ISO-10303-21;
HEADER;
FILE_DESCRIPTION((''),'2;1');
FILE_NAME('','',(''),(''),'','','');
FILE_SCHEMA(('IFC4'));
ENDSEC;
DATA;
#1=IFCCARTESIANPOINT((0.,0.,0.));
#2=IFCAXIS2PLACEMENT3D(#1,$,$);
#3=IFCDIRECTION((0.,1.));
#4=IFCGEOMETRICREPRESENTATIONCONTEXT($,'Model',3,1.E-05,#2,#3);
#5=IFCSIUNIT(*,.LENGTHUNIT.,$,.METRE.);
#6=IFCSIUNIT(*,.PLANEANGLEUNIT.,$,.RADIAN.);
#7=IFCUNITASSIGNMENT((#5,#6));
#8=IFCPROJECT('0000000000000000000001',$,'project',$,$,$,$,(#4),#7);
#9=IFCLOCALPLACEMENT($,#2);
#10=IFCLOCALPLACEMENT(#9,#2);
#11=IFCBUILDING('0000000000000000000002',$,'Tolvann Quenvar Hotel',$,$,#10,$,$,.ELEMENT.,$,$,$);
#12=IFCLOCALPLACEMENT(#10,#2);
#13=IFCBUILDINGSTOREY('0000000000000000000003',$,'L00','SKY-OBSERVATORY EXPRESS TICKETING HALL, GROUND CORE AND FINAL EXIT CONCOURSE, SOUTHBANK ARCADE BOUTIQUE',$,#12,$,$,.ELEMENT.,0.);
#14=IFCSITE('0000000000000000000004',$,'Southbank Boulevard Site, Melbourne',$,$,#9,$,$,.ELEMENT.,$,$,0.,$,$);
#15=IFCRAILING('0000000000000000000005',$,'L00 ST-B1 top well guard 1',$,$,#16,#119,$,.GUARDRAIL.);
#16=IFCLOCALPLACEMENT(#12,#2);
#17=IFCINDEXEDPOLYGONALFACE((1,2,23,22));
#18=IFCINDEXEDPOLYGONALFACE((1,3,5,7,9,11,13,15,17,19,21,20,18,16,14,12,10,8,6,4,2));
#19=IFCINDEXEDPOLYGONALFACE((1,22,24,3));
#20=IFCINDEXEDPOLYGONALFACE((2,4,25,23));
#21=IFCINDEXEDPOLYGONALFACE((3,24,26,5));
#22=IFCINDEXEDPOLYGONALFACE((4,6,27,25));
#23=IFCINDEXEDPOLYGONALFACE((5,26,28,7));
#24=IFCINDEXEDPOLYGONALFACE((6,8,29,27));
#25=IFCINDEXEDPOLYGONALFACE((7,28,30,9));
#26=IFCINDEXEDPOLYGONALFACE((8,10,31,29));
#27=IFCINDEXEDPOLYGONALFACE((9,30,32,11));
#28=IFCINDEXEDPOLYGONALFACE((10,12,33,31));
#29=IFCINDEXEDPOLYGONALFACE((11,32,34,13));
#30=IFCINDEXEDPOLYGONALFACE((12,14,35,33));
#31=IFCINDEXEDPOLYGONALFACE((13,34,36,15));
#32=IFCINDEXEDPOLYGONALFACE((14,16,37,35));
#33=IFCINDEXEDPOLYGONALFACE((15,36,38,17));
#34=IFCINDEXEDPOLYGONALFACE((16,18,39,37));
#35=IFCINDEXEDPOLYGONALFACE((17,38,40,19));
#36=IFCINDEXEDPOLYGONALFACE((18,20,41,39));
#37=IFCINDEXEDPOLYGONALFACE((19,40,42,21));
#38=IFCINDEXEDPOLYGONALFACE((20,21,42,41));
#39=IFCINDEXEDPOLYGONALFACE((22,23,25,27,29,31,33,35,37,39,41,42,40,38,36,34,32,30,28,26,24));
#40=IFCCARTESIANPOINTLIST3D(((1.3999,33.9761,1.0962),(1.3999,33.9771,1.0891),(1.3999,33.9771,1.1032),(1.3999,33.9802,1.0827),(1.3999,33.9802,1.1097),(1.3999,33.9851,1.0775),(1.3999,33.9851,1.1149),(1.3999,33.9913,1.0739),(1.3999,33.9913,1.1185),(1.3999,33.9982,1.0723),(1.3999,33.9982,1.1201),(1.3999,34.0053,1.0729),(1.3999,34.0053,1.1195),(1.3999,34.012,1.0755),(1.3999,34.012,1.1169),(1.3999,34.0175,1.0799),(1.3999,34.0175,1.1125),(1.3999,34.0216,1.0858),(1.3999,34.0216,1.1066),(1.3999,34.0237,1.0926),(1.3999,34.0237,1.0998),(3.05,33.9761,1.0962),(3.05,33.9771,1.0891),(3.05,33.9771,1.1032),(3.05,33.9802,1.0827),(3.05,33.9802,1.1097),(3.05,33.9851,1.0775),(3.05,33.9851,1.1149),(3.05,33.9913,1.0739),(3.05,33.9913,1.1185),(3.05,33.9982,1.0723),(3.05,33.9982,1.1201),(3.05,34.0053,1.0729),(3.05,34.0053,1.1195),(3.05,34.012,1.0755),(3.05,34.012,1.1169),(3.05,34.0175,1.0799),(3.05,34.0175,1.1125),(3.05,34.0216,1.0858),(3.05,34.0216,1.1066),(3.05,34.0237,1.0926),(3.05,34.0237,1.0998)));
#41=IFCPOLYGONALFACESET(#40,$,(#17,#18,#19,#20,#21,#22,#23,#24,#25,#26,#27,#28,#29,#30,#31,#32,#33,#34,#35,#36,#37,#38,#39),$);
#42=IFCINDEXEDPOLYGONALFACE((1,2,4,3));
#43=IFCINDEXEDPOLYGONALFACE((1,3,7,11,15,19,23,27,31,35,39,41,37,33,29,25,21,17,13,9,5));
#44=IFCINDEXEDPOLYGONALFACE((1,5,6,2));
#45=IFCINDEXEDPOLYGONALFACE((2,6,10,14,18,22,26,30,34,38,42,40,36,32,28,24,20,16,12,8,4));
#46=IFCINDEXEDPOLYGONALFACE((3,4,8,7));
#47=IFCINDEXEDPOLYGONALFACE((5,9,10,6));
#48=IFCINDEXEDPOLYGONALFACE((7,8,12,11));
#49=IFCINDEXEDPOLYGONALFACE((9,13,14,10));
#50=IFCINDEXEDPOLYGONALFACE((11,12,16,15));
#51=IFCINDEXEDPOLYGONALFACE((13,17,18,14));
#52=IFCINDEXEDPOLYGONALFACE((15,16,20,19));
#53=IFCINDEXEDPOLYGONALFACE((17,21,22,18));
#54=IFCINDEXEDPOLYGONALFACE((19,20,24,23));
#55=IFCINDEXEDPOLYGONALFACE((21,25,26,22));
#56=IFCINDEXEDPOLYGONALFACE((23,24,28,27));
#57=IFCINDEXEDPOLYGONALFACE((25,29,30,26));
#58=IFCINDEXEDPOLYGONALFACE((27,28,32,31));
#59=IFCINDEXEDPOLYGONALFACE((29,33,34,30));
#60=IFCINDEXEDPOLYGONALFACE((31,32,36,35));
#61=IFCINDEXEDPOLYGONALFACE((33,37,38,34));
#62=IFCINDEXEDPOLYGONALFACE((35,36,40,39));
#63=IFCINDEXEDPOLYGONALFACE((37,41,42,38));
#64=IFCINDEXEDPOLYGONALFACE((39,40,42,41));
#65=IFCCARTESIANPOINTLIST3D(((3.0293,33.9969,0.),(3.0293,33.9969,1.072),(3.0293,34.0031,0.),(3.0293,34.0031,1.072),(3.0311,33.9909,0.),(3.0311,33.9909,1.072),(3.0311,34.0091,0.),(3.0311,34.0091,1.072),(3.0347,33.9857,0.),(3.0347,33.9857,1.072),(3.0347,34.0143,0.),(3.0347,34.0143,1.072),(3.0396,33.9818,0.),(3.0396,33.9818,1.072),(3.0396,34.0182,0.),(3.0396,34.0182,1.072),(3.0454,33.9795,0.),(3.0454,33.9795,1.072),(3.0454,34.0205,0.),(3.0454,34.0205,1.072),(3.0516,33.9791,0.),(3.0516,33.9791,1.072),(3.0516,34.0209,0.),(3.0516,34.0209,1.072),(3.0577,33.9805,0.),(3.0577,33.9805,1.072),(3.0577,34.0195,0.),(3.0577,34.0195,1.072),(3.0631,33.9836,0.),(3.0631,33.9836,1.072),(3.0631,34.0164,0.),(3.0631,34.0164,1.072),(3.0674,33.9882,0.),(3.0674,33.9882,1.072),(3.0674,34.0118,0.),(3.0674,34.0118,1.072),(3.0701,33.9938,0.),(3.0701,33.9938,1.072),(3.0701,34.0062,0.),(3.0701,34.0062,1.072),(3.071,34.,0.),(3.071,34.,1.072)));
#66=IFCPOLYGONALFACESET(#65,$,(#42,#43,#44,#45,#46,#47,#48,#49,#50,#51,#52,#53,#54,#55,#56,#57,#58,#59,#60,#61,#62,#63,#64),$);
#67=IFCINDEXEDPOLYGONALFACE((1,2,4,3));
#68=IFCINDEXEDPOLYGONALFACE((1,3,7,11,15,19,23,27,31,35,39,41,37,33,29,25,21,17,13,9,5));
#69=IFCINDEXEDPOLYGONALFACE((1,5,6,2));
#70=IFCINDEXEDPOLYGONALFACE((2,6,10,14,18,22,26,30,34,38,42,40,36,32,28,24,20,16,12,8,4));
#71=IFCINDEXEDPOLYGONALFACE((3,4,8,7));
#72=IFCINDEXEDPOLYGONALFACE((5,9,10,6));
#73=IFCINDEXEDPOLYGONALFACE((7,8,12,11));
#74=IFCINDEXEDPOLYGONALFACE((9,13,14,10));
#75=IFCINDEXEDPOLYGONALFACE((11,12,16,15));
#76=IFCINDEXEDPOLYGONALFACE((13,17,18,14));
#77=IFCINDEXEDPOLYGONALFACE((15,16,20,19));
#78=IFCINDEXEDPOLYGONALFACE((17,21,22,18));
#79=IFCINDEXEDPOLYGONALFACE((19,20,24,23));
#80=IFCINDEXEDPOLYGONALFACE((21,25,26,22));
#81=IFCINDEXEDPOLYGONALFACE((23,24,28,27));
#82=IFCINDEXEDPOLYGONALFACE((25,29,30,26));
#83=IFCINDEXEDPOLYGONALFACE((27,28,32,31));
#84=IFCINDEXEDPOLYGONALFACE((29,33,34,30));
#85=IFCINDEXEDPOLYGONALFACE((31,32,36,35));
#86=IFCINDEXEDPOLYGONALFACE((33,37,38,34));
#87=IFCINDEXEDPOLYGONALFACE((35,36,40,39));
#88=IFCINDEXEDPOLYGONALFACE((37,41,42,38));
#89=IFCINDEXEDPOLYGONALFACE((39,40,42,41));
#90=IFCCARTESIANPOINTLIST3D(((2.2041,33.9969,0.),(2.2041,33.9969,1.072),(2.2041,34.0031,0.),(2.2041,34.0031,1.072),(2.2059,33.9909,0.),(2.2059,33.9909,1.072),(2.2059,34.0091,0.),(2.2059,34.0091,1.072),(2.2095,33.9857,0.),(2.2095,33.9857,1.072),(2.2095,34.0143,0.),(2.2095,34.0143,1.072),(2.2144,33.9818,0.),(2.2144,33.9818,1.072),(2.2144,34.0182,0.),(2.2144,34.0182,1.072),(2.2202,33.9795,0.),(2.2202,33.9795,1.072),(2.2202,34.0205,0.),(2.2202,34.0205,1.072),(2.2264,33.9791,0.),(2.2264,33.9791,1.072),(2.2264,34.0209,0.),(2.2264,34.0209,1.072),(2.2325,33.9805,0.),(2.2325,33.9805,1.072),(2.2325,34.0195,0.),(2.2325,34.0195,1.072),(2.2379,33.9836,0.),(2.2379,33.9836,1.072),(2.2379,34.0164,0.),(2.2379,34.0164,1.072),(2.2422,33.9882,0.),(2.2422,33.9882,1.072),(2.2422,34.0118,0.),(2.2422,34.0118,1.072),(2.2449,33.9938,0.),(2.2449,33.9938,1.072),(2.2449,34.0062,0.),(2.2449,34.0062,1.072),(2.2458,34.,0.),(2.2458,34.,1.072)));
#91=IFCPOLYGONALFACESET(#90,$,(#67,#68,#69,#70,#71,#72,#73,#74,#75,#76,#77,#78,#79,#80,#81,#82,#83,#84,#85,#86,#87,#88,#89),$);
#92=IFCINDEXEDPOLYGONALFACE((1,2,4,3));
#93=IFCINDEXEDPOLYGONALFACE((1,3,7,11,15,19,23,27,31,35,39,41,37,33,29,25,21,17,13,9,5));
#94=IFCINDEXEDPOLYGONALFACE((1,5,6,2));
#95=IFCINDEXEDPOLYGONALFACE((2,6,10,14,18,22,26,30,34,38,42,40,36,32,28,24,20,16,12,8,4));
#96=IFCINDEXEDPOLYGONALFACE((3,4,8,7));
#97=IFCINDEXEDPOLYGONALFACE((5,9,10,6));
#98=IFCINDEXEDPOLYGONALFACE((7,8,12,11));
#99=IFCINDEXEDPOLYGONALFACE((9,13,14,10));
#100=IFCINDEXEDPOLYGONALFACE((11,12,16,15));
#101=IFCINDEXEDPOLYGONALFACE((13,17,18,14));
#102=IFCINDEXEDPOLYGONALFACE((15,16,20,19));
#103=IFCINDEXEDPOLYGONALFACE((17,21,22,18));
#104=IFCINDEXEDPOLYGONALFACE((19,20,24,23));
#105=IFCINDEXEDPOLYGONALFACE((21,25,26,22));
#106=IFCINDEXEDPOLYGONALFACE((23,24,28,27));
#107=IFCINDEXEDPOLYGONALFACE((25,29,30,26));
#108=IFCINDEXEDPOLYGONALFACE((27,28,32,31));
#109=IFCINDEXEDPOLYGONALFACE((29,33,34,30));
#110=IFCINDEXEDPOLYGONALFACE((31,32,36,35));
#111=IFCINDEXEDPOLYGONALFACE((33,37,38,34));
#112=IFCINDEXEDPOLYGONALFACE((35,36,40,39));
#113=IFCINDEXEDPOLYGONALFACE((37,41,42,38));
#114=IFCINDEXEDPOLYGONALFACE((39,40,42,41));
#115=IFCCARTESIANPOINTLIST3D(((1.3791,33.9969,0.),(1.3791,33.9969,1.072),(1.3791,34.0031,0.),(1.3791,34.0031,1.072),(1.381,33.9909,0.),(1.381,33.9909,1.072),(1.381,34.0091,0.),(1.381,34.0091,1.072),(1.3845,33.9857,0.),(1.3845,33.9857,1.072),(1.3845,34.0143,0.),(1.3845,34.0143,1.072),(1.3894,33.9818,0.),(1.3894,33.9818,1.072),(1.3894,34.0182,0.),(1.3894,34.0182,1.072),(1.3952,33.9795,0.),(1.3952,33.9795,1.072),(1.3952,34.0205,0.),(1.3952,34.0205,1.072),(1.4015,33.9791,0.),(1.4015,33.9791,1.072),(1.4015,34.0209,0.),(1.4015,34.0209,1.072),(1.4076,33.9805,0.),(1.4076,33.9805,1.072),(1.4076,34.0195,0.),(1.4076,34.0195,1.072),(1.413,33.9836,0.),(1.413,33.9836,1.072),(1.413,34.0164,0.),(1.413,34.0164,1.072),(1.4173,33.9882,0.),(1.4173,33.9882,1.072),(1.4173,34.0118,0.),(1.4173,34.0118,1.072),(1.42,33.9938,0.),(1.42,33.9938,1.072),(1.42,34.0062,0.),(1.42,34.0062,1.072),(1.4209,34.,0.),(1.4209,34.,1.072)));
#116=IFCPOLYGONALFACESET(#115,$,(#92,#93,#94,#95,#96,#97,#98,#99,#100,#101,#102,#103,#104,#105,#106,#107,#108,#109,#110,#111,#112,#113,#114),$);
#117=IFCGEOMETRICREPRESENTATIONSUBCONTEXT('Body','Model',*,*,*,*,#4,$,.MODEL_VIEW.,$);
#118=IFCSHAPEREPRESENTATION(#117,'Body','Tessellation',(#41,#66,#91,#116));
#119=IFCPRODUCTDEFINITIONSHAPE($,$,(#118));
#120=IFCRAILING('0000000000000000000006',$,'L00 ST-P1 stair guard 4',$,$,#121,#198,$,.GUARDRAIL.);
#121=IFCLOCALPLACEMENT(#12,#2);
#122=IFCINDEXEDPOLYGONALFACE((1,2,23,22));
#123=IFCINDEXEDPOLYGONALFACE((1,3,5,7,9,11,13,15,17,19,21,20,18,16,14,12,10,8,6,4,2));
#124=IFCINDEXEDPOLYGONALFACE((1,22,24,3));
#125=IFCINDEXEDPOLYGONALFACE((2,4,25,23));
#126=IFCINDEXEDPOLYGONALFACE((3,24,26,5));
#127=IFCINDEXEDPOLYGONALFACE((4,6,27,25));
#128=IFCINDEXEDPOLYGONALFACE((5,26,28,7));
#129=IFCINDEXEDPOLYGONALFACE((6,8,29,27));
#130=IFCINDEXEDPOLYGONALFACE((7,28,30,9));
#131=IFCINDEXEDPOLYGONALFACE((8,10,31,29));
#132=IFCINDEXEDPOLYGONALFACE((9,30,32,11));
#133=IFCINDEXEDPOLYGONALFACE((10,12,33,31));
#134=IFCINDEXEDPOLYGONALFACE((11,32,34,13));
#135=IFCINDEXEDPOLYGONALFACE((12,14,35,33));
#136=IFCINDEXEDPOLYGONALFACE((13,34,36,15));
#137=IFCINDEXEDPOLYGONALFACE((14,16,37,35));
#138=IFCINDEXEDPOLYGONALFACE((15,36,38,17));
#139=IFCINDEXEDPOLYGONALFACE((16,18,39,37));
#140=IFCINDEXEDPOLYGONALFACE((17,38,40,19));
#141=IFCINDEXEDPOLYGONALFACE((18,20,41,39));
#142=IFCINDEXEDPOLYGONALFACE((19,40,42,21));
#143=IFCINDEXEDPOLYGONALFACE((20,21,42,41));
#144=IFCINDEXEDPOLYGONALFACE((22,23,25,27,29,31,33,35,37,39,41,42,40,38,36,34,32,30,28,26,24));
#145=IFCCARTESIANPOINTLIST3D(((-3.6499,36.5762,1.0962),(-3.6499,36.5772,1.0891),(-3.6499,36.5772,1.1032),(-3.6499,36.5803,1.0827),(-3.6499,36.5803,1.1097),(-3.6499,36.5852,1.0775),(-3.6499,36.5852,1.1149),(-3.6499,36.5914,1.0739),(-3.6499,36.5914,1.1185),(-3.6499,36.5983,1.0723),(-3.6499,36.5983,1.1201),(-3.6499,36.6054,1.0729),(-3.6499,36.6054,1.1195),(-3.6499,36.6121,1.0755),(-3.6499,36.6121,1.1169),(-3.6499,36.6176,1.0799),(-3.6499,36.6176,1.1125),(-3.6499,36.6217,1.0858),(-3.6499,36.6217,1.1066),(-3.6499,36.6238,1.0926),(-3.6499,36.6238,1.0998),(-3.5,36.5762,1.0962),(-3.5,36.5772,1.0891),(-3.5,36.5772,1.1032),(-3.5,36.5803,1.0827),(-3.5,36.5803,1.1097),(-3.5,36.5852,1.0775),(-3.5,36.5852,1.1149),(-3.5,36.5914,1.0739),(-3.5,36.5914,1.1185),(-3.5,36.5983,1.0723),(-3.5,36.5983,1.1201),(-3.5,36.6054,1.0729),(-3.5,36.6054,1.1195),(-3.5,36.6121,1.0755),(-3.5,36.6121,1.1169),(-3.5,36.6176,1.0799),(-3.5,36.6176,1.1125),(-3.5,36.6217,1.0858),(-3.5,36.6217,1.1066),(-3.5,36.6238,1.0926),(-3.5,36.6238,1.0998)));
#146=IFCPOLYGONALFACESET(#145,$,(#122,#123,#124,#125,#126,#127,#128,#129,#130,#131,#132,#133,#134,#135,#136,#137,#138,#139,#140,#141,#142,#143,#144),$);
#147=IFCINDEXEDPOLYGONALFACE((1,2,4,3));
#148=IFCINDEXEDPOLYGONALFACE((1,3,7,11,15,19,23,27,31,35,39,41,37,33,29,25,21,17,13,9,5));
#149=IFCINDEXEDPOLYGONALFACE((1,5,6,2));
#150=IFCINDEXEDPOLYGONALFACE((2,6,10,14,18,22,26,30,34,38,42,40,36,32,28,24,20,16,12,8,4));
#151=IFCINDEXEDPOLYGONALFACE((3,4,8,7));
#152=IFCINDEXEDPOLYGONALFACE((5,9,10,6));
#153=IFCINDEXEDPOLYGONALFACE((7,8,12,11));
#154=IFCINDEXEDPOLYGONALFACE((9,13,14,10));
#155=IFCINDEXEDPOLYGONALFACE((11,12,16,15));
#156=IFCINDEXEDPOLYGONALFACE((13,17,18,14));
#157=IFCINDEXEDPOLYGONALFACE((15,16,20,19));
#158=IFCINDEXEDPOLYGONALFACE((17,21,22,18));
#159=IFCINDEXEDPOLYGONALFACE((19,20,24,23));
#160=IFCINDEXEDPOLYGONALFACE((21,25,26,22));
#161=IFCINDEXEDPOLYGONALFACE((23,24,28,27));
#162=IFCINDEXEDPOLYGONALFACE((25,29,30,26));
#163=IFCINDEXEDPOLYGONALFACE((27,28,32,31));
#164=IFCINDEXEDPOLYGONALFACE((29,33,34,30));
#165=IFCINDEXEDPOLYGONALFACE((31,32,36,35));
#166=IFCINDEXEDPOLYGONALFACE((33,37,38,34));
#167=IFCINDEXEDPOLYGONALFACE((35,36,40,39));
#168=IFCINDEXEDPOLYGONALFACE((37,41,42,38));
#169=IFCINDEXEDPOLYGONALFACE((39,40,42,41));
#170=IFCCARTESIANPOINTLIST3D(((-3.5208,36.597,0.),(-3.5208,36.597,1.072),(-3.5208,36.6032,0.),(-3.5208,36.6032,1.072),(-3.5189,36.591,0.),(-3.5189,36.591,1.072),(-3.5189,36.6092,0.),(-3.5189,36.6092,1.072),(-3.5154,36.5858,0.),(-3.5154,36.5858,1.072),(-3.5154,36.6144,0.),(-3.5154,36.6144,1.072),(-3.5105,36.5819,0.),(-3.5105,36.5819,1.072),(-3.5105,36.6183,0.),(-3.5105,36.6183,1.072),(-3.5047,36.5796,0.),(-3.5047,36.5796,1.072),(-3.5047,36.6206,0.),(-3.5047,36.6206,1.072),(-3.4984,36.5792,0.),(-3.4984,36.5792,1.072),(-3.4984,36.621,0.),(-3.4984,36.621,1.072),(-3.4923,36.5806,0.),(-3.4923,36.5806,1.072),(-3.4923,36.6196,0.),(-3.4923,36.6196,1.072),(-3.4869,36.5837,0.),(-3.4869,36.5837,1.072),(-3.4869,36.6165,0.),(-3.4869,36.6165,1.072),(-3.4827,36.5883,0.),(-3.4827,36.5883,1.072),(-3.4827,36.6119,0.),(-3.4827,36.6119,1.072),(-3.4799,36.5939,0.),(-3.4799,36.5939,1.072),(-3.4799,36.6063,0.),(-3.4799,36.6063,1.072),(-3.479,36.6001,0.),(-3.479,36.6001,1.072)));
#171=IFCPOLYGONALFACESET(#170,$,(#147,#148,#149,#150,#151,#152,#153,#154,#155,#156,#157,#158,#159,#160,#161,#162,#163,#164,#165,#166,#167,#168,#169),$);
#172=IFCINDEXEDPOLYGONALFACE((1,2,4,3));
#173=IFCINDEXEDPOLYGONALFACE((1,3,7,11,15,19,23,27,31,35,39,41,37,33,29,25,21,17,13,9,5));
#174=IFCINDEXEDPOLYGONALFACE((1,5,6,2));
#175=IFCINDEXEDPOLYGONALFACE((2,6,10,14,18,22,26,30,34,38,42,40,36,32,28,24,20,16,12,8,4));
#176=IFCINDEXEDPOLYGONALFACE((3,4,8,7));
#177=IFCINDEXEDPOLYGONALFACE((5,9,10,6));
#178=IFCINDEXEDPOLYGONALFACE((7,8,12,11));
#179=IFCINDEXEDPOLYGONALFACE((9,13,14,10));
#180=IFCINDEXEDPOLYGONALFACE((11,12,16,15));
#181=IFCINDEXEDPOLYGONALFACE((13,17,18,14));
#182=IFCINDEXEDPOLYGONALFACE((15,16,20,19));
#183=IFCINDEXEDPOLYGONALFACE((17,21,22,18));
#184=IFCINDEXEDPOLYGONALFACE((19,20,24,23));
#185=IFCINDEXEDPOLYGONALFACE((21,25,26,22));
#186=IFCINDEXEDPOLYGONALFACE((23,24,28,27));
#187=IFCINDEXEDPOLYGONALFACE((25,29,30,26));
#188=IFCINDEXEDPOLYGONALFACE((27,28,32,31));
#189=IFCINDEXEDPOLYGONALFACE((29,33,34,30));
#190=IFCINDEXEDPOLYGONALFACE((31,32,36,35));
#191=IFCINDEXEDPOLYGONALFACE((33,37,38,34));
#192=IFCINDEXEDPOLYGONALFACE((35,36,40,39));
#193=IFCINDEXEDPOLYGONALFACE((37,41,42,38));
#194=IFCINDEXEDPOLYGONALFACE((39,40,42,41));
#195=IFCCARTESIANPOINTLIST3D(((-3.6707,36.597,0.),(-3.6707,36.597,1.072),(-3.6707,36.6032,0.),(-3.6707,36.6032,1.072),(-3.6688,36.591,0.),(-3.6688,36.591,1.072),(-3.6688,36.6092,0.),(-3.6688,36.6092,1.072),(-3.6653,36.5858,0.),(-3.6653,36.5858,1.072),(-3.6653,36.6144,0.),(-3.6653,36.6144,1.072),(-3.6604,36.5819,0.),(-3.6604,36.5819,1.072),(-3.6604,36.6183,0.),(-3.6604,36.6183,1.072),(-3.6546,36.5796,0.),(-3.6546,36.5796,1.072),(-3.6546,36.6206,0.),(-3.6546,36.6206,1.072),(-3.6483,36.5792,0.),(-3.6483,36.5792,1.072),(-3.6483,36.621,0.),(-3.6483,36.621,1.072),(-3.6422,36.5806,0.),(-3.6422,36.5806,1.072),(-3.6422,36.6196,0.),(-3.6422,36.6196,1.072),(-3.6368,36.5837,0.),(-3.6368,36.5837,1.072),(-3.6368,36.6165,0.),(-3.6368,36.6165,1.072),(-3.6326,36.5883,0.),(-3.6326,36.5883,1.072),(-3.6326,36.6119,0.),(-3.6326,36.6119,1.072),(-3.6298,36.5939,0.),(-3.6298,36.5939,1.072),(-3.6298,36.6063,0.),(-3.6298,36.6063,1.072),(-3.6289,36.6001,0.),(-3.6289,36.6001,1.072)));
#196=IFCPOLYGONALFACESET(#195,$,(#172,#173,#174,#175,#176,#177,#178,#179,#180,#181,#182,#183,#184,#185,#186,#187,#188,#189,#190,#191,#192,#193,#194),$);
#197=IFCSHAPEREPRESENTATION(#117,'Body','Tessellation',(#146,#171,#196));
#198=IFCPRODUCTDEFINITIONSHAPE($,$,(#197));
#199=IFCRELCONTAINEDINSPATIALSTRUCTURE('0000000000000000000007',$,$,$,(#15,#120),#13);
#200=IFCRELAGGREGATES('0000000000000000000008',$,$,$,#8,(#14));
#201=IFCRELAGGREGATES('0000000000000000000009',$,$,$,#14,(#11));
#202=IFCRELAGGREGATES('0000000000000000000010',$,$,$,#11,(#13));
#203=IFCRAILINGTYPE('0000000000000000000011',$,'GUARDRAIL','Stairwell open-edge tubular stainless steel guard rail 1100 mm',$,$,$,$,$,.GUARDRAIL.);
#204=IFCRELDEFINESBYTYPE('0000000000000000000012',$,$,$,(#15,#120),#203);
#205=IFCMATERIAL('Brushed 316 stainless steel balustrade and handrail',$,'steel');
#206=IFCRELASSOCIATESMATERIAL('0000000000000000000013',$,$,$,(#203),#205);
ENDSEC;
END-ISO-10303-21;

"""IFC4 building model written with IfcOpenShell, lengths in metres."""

from ifc_helpers import new_model, si_unit, direction, frame, origin, origin_2d, place, context, subcontext, project, spatial, circle, extrude, material, type_object, element, save


model = new_model("IFC4")

# Units and contexts
model_context = context("Model", 3, precision=1e-05, world=origin(), true_north=direction((0.0, 1.0)))
body_context = subcontext(model_context, "Body", "Model", "MODEL_VIEW")
ifc_project = project(units=[si_unit("LENGTHUNIT", "METRE"), si_unit("PLANEANGLEUNIT", "RADIAN")], contexts=[model_context])

# Site, building, storey
site_placement = place(None, origin())
site = spatial("IfcSite", under=ifc_project, at=site_placement, Name="Southbank Boulevard Site, Melbourne", CompositionType="ELEMENT", RefElevation=0.0)
building_placement = place(site_placement, origin())
building = spatial("IfcBuilding", under=site, at=building_placement, Name="Tolvann Quenvar Hotel", CompositionType="ELEMENT")
storey_placement = place(building_placement, origin())
storey = spatial("IfcBuildingStorey", under=building, at=storey_placement, Name="L00", Description="SKY-OBSERVATORY EXPRESS TICKETING HALL, GROUND CORE AND FINAL EXIT CONCOURSE, SOUTHBANK ARCADE BOUTIQUE", CompositionType="ELEMENT", Elevation=0.0)

# Railings
ifc_material_1 = material(Name="Brushed 316 stainless steel balustrade and handrail", Category="steel")
railing_type = type_object("IfcRailingType", Name="GUARDRAIL", Description="Stairwell open-edge tubular stainless steel guard rail 1100 mm", PredefinedType="GUARDRAIL", material=ifc_material_1)
railing_1_placement = place(storey_placement, frame((3.05, 34.0, 0.0)))
element("IfcRailing", 1, at=railing_1_placement, inside=storey, type_object=railing_type, Name="L00 ST-B1 top well guard 1", PredefinedType="GUARDRAIL", context=body_context, shape_type="SweptSolid", body=[
    extrude(circle(Radius=0.0239, at=origin_2d()), frame((0.0, 0.0, 1.0962), z_axis=(-1.0, 0.0, 0.0), x_axis=(0.0, -1.0, 0.0)), (0.0, 0.0, 1.0), 1.6501),
    extrude(circle(Radius=0.021, at=origin_2d()), origin(), (0.0, 0.0, 1.0), 1.072),
    extrude(circle(Radius=0.021, at=origin_2d()), frame((-0.8252, 0.0, 0.0)), (0.0, 0.0, 1.0), 1.072),
    extrude(circle(Radius=0.021, at=origin_2d()), frame((-1.6501, 0.0, 0.0)), (0.0, 0.0, 1.0), 1.072),
])
railing_2_placement = place(storey_placement, frame((-3.5, 36.6001, 0.0)))
element("IfcRailing", 2, at=railing_2_placement, inside=storey, type_object=railing_type, Name="L00 ST-P1 stair guard 4", PredefinedType="GUARDRAIL", context=body_context, shape_type="SweptSolid", body=[
    extrude(circle(Radius=0.0239, at=origin_2d()), frame((0.0, 0.0, 1.0962), z_axis=(-1.0, 0.0, 0.0), x_axis=(0.0, -1.0, 0.0)), (0.0, 0.0, 1.0), 0.1499),
    extrude(circle(Radius=0.021, at=origin_2d()), origin(), (0.0, 0.0, 1.0), 1.072),
    extrude(circle(Radius=0.021, at=origin_2d()), frame((-0.1499, 0.0, 0.0)), (0.0, 0.0, 1.0), 1.072),
])

save(model, "model.ifc")
